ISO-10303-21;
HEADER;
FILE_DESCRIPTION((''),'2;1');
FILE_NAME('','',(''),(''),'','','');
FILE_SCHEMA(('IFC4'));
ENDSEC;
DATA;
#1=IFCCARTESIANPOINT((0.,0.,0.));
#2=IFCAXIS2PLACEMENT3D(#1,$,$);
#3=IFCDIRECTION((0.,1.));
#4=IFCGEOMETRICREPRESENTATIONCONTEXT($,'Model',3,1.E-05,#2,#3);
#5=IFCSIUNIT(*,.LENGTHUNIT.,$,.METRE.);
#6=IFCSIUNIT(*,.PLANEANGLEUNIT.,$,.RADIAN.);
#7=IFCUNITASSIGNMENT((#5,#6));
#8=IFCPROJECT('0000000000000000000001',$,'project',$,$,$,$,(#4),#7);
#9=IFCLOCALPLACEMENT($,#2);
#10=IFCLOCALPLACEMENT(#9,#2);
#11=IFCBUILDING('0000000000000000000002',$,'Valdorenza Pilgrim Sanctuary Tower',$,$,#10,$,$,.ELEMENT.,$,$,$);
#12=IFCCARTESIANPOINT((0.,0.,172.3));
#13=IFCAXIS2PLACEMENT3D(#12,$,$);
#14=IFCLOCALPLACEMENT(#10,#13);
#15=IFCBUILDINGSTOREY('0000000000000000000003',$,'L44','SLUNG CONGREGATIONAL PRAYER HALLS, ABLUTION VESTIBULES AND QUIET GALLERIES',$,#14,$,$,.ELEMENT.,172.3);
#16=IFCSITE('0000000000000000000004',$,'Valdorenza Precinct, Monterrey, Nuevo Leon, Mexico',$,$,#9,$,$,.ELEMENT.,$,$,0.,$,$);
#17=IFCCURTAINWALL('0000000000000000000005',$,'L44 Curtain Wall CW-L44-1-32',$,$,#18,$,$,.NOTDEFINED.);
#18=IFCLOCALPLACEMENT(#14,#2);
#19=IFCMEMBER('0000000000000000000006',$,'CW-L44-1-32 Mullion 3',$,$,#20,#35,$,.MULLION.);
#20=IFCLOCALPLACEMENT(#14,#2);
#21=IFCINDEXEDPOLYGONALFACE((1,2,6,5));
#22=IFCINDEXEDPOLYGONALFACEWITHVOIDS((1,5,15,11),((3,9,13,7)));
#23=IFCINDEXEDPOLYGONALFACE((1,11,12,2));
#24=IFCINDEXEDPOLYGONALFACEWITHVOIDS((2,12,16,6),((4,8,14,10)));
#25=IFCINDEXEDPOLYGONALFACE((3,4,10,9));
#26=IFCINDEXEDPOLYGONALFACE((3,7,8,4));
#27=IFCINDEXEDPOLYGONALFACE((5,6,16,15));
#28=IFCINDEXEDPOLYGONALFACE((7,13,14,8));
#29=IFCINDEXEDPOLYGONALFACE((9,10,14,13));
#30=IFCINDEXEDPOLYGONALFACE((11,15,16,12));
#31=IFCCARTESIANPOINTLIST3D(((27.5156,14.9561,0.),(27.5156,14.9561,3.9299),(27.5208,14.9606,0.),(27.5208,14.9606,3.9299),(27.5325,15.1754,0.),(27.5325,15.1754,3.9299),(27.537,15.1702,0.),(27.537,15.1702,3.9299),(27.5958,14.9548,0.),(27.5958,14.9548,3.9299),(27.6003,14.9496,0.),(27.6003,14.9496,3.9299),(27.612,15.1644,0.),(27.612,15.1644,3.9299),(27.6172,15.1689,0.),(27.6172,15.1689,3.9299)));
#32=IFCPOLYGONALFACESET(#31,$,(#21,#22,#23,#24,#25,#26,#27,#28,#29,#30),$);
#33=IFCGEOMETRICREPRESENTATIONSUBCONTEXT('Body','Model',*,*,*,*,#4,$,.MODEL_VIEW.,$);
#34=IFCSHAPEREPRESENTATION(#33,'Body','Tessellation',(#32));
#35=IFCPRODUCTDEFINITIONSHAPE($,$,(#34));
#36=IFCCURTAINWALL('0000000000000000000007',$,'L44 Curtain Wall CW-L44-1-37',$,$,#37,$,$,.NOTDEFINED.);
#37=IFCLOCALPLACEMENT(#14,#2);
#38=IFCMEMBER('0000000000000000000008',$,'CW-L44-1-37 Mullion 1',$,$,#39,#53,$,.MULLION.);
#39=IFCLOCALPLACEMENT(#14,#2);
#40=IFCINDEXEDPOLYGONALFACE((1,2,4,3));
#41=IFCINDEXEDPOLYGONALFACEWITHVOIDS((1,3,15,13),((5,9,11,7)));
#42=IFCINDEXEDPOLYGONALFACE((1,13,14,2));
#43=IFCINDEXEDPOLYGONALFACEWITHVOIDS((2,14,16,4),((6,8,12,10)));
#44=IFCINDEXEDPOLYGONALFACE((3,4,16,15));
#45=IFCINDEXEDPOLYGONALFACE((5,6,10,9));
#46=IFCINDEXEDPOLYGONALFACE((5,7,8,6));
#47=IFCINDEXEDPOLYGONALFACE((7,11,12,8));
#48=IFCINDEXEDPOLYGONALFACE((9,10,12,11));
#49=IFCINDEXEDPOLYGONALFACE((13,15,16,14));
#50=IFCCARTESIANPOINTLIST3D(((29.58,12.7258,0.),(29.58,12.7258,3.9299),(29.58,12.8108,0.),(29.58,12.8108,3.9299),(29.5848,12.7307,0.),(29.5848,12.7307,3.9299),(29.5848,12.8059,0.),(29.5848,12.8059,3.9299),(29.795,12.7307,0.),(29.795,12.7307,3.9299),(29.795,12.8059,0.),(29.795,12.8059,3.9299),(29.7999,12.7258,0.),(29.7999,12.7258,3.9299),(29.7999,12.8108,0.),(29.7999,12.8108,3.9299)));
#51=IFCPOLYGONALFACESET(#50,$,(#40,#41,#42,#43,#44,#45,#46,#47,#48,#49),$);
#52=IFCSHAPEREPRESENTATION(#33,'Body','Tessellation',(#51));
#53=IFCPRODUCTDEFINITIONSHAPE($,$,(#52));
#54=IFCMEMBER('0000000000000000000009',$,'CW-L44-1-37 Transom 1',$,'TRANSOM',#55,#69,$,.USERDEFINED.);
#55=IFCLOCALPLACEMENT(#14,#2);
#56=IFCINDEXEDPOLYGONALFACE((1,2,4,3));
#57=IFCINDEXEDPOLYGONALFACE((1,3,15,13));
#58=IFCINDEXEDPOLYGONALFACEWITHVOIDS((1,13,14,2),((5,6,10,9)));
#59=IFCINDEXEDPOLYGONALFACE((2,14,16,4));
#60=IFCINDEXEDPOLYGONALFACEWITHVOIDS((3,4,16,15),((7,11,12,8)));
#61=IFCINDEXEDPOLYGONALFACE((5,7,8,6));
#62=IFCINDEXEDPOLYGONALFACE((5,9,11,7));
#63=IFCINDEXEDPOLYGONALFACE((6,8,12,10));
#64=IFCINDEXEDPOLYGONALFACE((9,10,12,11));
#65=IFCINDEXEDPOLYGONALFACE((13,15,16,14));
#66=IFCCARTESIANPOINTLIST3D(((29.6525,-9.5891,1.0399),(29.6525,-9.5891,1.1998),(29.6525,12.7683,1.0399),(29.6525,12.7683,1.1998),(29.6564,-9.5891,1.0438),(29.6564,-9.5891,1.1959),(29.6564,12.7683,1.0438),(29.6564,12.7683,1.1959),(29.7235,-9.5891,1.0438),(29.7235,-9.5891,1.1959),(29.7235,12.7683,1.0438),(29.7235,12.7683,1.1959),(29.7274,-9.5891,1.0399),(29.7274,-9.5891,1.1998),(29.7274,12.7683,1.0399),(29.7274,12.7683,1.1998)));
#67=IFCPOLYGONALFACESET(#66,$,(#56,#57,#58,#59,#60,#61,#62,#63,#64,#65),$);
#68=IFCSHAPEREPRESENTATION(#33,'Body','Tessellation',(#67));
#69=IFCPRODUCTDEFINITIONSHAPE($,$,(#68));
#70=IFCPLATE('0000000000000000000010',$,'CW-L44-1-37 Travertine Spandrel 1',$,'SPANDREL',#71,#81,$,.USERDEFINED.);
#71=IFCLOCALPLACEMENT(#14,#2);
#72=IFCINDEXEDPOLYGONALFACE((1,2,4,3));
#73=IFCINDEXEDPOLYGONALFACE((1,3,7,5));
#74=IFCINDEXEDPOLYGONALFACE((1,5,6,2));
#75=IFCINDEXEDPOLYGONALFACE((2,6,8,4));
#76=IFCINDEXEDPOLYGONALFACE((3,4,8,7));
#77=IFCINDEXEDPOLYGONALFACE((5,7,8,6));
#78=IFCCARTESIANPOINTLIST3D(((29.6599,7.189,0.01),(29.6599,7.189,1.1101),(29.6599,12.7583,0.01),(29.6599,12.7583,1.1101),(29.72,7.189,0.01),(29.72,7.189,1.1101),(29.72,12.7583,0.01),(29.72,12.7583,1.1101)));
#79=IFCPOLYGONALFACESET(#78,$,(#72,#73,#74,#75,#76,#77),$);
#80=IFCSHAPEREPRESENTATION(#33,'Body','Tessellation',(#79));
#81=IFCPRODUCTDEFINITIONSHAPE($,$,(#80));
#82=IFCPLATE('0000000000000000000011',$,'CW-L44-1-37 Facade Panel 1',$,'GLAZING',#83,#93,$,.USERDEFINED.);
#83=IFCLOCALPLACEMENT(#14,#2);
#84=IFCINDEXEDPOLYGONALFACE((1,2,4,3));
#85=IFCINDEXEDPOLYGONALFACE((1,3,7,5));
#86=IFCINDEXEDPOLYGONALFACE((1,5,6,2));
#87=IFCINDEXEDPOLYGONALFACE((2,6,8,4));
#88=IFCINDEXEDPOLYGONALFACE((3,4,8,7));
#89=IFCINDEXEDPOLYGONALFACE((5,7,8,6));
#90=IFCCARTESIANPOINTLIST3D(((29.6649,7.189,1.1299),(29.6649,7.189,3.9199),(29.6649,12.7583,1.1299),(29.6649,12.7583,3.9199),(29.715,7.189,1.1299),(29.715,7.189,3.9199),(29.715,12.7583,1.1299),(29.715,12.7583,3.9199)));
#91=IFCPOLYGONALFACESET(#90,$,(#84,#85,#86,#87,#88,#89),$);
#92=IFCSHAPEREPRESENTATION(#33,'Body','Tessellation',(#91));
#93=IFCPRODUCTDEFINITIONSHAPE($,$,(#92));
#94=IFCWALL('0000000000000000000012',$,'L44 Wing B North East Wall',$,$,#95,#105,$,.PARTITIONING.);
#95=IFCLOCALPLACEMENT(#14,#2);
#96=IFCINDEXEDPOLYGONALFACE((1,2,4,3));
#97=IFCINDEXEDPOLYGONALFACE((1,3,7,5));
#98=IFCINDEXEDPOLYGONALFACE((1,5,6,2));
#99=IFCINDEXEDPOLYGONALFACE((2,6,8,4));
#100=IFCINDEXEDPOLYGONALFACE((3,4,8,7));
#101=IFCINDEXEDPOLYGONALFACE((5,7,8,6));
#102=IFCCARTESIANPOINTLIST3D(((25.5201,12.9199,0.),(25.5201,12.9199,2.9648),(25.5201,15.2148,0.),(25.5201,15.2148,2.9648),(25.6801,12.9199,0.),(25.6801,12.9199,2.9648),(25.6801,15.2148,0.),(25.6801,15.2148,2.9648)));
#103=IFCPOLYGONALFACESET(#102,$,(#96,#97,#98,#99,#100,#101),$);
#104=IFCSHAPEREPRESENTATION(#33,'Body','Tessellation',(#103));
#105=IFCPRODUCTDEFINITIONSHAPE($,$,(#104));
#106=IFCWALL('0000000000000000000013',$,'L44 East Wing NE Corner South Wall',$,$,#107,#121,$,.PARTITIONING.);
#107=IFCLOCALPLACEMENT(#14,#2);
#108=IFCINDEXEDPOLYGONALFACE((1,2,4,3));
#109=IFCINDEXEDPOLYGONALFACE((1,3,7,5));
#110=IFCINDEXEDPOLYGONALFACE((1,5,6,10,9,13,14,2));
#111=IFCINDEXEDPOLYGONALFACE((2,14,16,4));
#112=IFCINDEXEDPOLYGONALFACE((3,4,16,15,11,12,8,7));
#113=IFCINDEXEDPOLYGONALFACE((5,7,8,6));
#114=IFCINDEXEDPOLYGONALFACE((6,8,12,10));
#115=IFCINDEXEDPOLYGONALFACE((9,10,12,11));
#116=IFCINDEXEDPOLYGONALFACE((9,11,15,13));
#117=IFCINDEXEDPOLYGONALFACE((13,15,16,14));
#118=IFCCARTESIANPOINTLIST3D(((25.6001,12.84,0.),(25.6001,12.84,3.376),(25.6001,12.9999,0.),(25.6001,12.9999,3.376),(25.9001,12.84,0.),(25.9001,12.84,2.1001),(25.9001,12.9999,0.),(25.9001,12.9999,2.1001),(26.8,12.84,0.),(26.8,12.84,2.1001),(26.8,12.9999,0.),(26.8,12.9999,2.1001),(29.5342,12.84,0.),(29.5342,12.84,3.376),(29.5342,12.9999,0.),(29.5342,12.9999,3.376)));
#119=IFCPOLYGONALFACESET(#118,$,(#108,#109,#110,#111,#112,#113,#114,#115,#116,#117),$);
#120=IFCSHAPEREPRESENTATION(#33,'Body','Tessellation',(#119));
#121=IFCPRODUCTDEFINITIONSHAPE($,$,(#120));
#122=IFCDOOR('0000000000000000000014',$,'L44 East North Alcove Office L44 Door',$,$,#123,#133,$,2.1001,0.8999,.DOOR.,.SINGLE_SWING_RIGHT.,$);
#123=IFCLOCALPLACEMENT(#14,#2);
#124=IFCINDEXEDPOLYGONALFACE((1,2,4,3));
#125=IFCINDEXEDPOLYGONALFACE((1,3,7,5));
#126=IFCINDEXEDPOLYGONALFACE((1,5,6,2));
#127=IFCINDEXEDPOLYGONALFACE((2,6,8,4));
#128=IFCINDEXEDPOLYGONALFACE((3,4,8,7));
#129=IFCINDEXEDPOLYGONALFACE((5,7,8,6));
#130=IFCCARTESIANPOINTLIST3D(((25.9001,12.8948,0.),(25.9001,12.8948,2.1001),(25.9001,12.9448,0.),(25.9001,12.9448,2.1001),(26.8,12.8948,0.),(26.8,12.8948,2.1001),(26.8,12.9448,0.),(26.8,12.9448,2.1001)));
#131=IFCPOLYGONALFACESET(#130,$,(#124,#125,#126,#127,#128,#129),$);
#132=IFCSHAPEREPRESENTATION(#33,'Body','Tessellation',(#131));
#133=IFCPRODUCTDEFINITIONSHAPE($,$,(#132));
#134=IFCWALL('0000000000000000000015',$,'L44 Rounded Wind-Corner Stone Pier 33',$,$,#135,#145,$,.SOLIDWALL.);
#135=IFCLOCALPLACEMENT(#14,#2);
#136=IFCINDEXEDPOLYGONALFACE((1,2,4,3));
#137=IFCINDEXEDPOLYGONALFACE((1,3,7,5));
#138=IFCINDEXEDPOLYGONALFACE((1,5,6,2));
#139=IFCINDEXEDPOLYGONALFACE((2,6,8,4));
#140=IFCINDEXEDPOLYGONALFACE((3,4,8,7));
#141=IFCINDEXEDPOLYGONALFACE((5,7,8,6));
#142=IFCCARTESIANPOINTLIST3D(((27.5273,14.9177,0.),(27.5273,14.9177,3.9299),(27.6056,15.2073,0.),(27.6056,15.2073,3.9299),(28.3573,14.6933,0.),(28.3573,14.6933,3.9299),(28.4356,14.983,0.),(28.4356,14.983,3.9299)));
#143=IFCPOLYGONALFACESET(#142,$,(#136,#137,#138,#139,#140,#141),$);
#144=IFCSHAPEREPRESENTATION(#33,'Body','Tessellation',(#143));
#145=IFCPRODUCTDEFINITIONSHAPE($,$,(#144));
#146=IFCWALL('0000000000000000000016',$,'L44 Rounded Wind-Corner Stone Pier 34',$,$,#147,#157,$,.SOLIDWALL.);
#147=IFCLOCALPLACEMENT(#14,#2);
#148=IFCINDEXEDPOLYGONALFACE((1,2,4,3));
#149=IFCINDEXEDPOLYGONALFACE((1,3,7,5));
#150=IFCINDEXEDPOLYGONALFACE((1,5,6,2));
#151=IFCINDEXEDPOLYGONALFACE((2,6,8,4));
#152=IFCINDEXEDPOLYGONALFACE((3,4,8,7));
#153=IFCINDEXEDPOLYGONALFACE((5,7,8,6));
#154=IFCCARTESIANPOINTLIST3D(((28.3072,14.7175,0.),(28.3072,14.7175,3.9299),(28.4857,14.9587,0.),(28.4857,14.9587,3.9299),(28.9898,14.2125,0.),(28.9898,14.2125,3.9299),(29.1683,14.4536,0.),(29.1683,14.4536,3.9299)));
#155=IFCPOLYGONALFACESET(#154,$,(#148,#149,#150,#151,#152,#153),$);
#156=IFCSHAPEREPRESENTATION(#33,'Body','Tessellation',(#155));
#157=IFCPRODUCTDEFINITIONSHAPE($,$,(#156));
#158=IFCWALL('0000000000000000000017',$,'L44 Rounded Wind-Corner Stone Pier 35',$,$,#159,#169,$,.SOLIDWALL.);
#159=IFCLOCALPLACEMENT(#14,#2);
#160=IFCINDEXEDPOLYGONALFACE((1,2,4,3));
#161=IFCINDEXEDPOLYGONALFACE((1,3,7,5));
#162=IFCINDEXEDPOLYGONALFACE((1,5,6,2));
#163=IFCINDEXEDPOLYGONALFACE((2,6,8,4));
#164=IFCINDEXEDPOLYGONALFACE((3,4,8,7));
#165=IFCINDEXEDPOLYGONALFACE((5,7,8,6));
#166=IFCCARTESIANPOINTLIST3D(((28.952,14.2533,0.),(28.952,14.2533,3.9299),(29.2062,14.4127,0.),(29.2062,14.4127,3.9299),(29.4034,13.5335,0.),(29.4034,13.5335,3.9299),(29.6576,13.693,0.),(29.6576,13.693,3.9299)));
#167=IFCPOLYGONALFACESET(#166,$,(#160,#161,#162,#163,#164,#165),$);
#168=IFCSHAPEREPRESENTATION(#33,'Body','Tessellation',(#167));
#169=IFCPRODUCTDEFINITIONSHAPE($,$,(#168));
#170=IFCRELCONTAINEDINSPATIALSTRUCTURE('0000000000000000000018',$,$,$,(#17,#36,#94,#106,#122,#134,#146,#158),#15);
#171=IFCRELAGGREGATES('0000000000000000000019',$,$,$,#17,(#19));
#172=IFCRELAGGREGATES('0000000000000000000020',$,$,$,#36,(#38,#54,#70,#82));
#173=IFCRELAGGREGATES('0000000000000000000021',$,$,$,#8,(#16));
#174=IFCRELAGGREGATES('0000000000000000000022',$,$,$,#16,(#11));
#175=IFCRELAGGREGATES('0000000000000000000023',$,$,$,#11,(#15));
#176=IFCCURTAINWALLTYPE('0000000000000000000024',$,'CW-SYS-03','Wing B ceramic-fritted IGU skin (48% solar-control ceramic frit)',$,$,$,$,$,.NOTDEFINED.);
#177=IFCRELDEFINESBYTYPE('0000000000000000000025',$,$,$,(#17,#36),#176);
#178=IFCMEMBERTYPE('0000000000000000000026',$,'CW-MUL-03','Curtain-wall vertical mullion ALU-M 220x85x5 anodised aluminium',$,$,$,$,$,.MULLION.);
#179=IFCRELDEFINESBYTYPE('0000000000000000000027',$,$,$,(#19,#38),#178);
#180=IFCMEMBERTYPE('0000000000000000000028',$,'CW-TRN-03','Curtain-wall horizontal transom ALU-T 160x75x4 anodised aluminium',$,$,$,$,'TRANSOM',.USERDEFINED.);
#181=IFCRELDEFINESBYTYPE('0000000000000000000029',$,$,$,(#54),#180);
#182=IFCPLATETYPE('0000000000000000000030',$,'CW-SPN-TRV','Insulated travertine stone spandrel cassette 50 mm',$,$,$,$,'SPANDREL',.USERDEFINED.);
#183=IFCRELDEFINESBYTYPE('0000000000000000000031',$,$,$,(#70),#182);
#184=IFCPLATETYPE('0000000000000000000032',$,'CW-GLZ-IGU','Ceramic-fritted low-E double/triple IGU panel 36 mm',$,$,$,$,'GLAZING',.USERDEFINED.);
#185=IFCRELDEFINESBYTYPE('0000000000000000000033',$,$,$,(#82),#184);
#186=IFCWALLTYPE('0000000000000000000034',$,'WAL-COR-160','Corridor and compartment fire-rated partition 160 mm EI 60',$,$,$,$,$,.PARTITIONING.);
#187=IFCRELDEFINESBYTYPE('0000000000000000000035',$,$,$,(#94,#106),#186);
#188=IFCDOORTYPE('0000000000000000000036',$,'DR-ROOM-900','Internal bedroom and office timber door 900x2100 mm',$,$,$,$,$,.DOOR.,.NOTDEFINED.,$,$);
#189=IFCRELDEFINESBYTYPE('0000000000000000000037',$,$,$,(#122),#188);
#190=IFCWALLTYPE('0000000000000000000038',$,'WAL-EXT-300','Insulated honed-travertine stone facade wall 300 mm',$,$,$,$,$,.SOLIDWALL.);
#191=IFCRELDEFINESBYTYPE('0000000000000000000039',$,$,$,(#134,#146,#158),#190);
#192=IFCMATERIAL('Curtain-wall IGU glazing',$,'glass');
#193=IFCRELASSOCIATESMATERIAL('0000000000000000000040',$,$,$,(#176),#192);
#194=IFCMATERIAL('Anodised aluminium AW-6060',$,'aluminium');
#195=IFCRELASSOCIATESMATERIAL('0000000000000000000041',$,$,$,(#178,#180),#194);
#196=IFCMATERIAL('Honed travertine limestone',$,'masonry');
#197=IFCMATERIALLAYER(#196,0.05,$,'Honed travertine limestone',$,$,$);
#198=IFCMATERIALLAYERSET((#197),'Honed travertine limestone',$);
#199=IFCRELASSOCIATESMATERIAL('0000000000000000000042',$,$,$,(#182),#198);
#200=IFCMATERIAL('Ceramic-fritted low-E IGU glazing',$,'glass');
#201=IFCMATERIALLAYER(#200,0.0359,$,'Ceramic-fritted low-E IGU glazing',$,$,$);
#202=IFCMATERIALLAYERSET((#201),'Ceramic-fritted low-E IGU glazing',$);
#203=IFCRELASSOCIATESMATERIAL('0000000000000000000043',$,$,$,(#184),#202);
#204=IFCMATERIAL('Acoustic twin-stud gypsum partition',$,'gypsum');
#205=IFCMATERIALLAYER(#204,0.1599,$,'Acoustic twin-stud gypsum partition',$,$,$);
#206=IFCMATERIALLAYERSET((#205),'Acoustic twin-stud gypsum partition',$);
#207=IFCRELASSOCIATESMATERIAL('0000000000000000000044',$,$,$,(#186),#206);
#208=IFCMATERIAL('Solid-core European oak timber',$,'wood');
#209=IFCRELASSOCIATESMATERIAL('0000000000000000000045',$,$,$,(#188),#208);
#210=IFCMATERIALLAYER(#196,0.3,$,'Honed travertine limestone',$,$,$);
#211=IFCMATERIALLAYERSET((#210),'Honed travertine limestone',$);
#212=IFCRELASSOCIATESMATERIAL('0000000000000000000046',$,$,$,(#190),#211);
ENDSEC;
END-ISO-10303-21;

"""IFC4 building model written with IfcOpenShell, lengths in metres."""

from ifc_helpers import new_model, si_unit, direction, frame, frame_2d, origin, origin_2d, place, context, subcontext, project, spatial, rectangle, hollow_rectangle, extrude, source, transform, mapped, material, layer, layer_set, material_profile, profile_set, type_object, element, fill, aggregate, save


model = new_model("IFC4")

# Units and contexts
model_context = context("Model", 3, precision=1e-05, world=origin(), true_north=direction((0.0, 1.0)))
body_context = subcontext(model_context, "Body", "Model", "MODEL_VIEW")
ifc_project = project(units=[si_unit("LENGTHUNIT", "METRE"), si_unit("PLANEANGLEUNIT", "RADIAN")], contexts=[model_context])

# Site, building, storey
site_placement = place(None, origin())
site = spatial("IfcSite", under=ifc_project, at=site_placement, Name="Valdorenza Precinct, Monterrey, Nuevo Leon, Mexico", CompositionType="ELEMENT", RefElevation=0.0)
building_placement = place(site_placement, origin())
building = spatial("IfcBuilding", under=site, at=building_placement, Name="Valdorenza Pilgrim Sanctuary Tower", CompositionType="ELEMENT")
storey_placement = place(building_placement, frame((0.0, 0.0, 172.3)))
storey = spatial("IfcBuildingStorey", under=building, at=storey_placement, Name="L44", Description="SLUNG CONGREGATIONAL PRAYER HALLS, ABLUTION VESTIBULES AND QUIET GALLERIES", CompositionType="ELEMENT", Elevation=172.3)

# Curtain wall, member
ifc_material_1 = material(Name="Curtain-wall IGU glazing", Category="glass")
curtain_wall_type = type_object("IfcCurtainWallType", Name="CW-SYS-03", Description="Wing B ceramic-fritted IGU skin (48% solar-control ceramic frit)", PredefinedType="NOTDEFINED", material=ifc_material_1)
curtain_wall_1_placement = place(storey_placement, origin())
curtain_wall_1 = element("IfcCurtainWall", 1, at=curtain_wall_1_placement, inside=storey, type_object=curtain_wall_type, Name="L44 Curtain Wall CW-L44-1-32", PredefinedType="NOTDEFINED")
ifc_material_2 = material(Name="Anodised aluminium AW-6060", Category="aluminium")
ifc_material_profile_1 = material_profile(ifc_material_2, hollow_rectangle(XDim=0.085, YDim=0.22, WallThickness=0.0049, at=origin_2d()), Name="ALU-M 220x85x5")
ifc_profile_set_1 = profile_set([ifc_material_profile_1], Name="Anodised aluminium AW-6060")
member_type_1 = type_object("IfcMemberType", Name="CW-MUL-03", Description="Curtain-wall vertical mullion ALU-M 220x85x5 anodised aluminium", PredefinedType="MULLION", material=ifc_profile_set_1)
shared_shape_1 = source(origin(), body_context, "Body", "SweptSolid", [
    extrude(hollow_rectangle(XDim=0.085, YDim=0.22, WallThickness=0.0049, at=origin_2d()), origin(), (0.0, 0.0, 1.0), 3.9299),
])
member_1_placement = place(storey_placement, frame((27.5664, 15.0625, 0.0), z_axis=(0.0, 0.0, 1.0), x_axis=(0.997016, -0.077189, 0.0)))
member_1 = element("IfcMember", 2, at=member_1_placement, type_object=member_type_1, Name="CW-L44-1-32 Mullion 3", PredefinedType="MULLION", context=body_context, shape_type="MappedRepresentation", body=[
    mapped(shared_shape_1, transform((0.0, 0.0, 0.0), x_axis=(1.0, 0.0, 0.0), y_axis=(0.0, 1.0, 0.0), z_axis=(0.0, 0.0, 1.0), scale=1.0)),
])
aggregate(curtain_wall_1, [member_1])

# Curtain wall, members, plates
curtain_wall_2_placement = place(storey_placement, origin())
curtain_wall_2 = element("IfcCurtainWall", 3, at=curtain_wall_2_placement, inside=storey, type_object=curtain_wall_type, Name="L44 Curtain Wall CW-L44-1-37", PredefinedType="NOTDEFINED")
member_2_placement = place(storey_placement, frame((29.6899, 12.7683, 0.0), z_axis=(0.0, 0.0, 1.0), x_axis=(0.0, -1.0, 0.0)))
member_2 = element("IfcMember", 4, at=member_2_placement, type_object=member_type_1, Name="CW-L44-1-37 Mullion 1", PredefinedType="MULLION", context=body_context, shape_type="MappedRepresentation", body=[
    mapped(shared_shape_1, transform((0.0, 0.0, 0.0), x_axis=(1.0, 0.0, 0.0), y_axis=(0.0, 1.0, 0.0), z_axis=(0.0, 0.0, 1.0), scale=1.0)),
])
ifc_material_profile_2 = material_profile(ifc_material_2, hollow_rectangle(XDim=0.075, YDim=0.1599, WallThickness=0.0039, at=origin_2d()), Name="ALU-T 160x75x4")
ifc_profile_set_2 = profile_set([ifc_material_profile_2], Name="Anodised aluminium AW-6060")
member_type_2 = type_object("IfcMemberType", Name="CW-TRN-03", Description="Curtain-wall horizontal transom ALU-T 160x75x4 anodised aluminium", ElementType="TRANSOM", PredefinedType="USERDEFINED", material=ifc_profile_set_2)
shared_shape_2 = source(origin(), body_context, "Body", "SweptSolid", [
    extrude(hollow_rectangle(XDim=0.075, YDim=0.1599, WallThickness=0.0039, at=origin_2d()), origin(), (0.0, 0.0, 1.0), 22.3574),
])
member_3_placement = place(storey_placement, frame((29.6899, 12.7683, 1.1199), z_axis=(0.0, -1.0, 0.0), x_axis=(1.0, 0.0, 0.0)))
member_3 = element("IfcMember", 5, at=member_3_placement, type_object=member_type_2, Name="CW-L44-1-37 Transom 1", ObjectType="TRANSOM", PredefinedType="USERDEFINED", context=body_context, shape_type="MappedRepresentation", body=[
    mapped(shared_shape_2, transform((0.0, 0.0, 0.0), x_axis=(1.0, 0.0, 0.0), y_axis=(0.0, 1.0, 0.0), z_axis=(0.0, 0.0, 1.0), scale=1.0)),
])
ifc_material_3 = material(Name="Honed travertine limestone", Category="masonry")
ifc_layer_1 = layer(ifc_material_3, 0.05, Name="Honed travertine limestone")
ifc_layer_set_1 = layer_set([ifc_layer_1], Name="Honed travertine limestone")
plate_type_1 = type_object("IfcPlateType", Name="CW-SPN-TRV", Description="Insulated travertine stone spandrel cassette 50 mm", ElementType="SPANDREL", PredefinedType="USERDEFINED", material=ifc_layer_set_1)
shared_shape_3 = source(origin(), body_context, "Body", "SweptSolid", [
    extrude(rectangle(XDim=5.5693, YDim=0.0601, at=origin_2d()), origin(), (0.0, 0.0, 1.0), 1.1001),
])
plate_1_placement = place(storey_placement, frame((29.6899, 9.9736, 0.01), z_axis=(0.0, 0.0, 1.0), x_axis=(0.0, -1.0, 0.0)))
plate_1 = element("IfcPlate", 6, at=plate_1_placement, type_object=plate_type_1, Name="CW-L44-1-37 Travertine Spandrel 1", ObjectType="SPANDREL", PredefinedType="USERDEFINED", context=body_context, shape_type="MappedRepresentation", body=[
    mapped(shared_shape_3, transform((0.0, 0.0, 0.0), x_axis=(1.0, 0.0, 0.0), y_axis=(0.0, 1.0, 0.0), z_axis=(0.0, 0.0, 1.0), scale=1.0)),
])
ifc_material_4 = material(Name="Ceramic-fritted low-E IGU glazing", Category="glass")
ifc_layer_2 = layer(ifc_material_4, 0.0359, Name="Ceramic-fritted low-E IGU glazing")
ifc_layer_set_2 = layer_set([ifc_layer_2], Name="Ceramic-fritted low-E IGU glazing")
plate_type_2 = type_object("IfcPlateType", Name="CW-GLZ-IGU", Description="Ceramic-fritted low-E double/triple IGU panel 36 mm", ElementType="GLAZING", PredefinedType="USERDEFINED", material=ifc_layer_set_2)
shared_shape_4 = source(origin(), body_context, "Body", "SweptSolid", [
    extrude(rectangle(XDim=5.5693, YDim=0.05, at=origin_2d()), origin(), (0.0, 0.0, 1.0), 2.79),
])
plate_2_placement = place(storey_placement, frame((29.6899, 9.9736, 1.1299), z_axis=(0.0, 0.0, 1.0), x_axis=(0.0, -1.0, 0.0)))
plate_2 = element("IfcPlate", 7, at=plate_2_placement, type_object=plate_type_2, Name="CW-L44-1-37 Facade Panel 1", ObjectType="GLAZING", PredefinedType="USERDEFINED", context=body_context, shape_type="MappedRepresentation", body=[
    mapped(shared_shape_4, transform((0.0, 0.0, 0.0), x_axis=(1.0, 0.0, 0.0), y_axis=(0.0, 1.0, 0.0), z_axis=(0.0, 0.0, 1.0), scale=1.0)),
])
aggregate(curtain_wall_2, [member_2, member_3, plate_1, plate_2])

# Wall
ifc_material_5 = material(Name="Acoustic twin-stud gypsum partition", Category="gypsum")
ifc_layer_3 = layer(ifc_material_5, 0.1599, Name="Acoustic twin-stud gypsum partition")
ifc_layer_set_3 = layer_set([ifc_layer_3], Name="Acoustic twin-stud gypsum partition")
wall_type_1 = type_object("IfcWallType", Name="WAL-COR-160", Description="Corridor and compartment fire-rated partition 160 mm EI 60", PredefinedType="PARTITIONING", material=ifc_layer_set_3)
wall_1_placement = place(storey_placement, frame((25.6001, 12.9199, 0.0), z_axis=(0.0, 0.0, 1.0), x_axis=(0.0, 1.0, 0.0)))
element("IfcWall", 8, at=wall_1_placement, inside=storey, type_object=wall_type_1, Name="L44 Wing B North East Wall", PredefinedType="PARTITIONING", context=body_context, shape_type="SweptSolid", body=[
    extrude(rectangle(XDim=2.2949, YDim=0.1599, at=frame_2d((1.1475, 0.0))), origin(), (0.0, 0.0, 1.0), 2.9648),
])

# Wall, opening, door
wall_2_placement = place(storey_placement, frame((25.6001, 12.9199, 0.0), z_axis=(0.0, 0.0, 1.0), x_axis=(1.0, 0.0, 0.0)))
wall_2 = element("IfcWall", 9, at=wall_2_placement, inside=storey, type_object=wall_type_1, Name="L44 East Wing NE Corner South Wall", PredefinedType="PARTITIONING", context=body_context, shape_type="SweptSolid", body=[
    extrude(rectangle(XDim=3.9341, YDim=0.1599, at=frame_2d((1.967, 0.0))), origin(), (0.0, 0.0, 1.0), 3.376),
])
opening_placement = place(wall_2_placement, frame((0.3, 0.0, 0.0)))
opening = element("IfcOpeningElement", 10, at=opening_placement, cuts=wall_2, PredefinedType="OPENING", context=body_context, shape_type="SweptSolid", body=[
    extrude(rectangle(XDim=0.8999, YDim=2.1001, at=frame_2d((0.45, 1.05))), frame((0.0, 0.0947, 0.0), z_axis=(0.0, -1.0, 0.0), x_axis=(1.0, 0.0, 0.0)), (0.0, 0.0, 1.0), 0.1897),
])
ifc_material_6 = material(Name="Solid-core European oak timber", Category="wood")
door_type = type_object("IfcDoorType", Name="DR-ROOM-900", Description="Internal bedroom and office timber door 900x2100 mm", OperationType="NOTDEFINED", PredefinedType="DOOR", material=ifc_material_6)
door_placement = place(opening_placement, origin())
door = element("IfcDoor", 11, at=door_placement, inside=storey, type_object=door_type, Name="L44 East North Alcove Office L44 Door", OperationType="SINGLE_SWING_RIGHT", OverallHeight=2.1001, OverallWidth=0.8999, PredefinedType="DOOR", context=body_context, shape_type="SweptSolid", body=[
    extrude(rectangle(XDim=0.8999, YDim=2.1001, at=frame_2d((0.45, 1.05))), frame((0.0, 0.0249, 0.0), z_axis=(0.0, -1.0, 0.0), x_axis=(1.0, 0.0, 0.0)), (0.0, 0.0, 1.0), 0.05),
])
fill(opening, door)

# Walls
ifc_layer_4 = layer(ifc_material_3, 0.3, Name="Honed travertine limestone")
ifc_layer_set_4 = layer_set([ifc_layer_4], Name="Honed travertine limestone")
wall_type_2 = type_object("IfcWallType", Name="WAL-EXT-300", Description="Insulated honed-travertine stone facade wall 300 mm", PredefinedType="SOLIDWALL", material=ifc_layer_set_4)
wall_3_placement = place(storey_placement, frame((27.5664, 15.0625, 0.0), z_axis=(0.0, 0.0, 1.0), x_axis=(0.965358, -0.26093, 0.0)))
element("IfcWall", 12, at=wall_3_placement, inside=storey, type_object=wall_type_2, Name="L44 Rounded Wind-Corner Stone Pier 33", PredefinedType="SOLIDWALL", context=body_context, shape_type="SweptSolid", body=[
    extrude(rectangle(XDim=0.8599, YDim=0.3, at=frame_2d((0.4299, 0.0))), origin(), (0.0, 0.0, 1.0), 3.9299),
])
wall_4_placement = place(storey_placement, frame((28.3965, 14.8381, 0.0), z_axis=(0.0, 0.0, 1.0), x_axis=(0.803847, -0.594836, 0.0)))
element("IfcWall", 13, at=wall_4_placement, inside=storey, type_object=wall_type_2, Name="L44 Rounded Wind-Corner Stone Pier 34", PredefinedType="SOLIDWALL", context=body_context, shape_type="SweptSolid", body=[
    extrude(rectangle(XDim=0.8491, YDim=0.3, at=frame_2d((0.4246, 0.0))), origin(), (0.0, 0.0, 1.0), 3.9299),
])
wall_5_placement = place(storey_placement, frame((29.0791, 14.333, 0.0), z_axis=(0.0, 0.0, 1.0), x_axis=(0.531341, -0.847158, 0.0)))
element("IfcWall", 14, at=wall_5_placement, inside=storey, type_object=wall_type_2, Name="L44 Rounded Wind-Corner Stone Pier 35", PredefinedType="SOLIDWALL", context=body_context, shape_type="SweptSolid", body=[
    extrude(rectangle(XDim=0.8496, YDim=0.3, at=frame_2d((0.4248, 0.0))), origin(), (0.0, 0.0, 1.0), 3.9299),
])

save(model, "model.ifc")
